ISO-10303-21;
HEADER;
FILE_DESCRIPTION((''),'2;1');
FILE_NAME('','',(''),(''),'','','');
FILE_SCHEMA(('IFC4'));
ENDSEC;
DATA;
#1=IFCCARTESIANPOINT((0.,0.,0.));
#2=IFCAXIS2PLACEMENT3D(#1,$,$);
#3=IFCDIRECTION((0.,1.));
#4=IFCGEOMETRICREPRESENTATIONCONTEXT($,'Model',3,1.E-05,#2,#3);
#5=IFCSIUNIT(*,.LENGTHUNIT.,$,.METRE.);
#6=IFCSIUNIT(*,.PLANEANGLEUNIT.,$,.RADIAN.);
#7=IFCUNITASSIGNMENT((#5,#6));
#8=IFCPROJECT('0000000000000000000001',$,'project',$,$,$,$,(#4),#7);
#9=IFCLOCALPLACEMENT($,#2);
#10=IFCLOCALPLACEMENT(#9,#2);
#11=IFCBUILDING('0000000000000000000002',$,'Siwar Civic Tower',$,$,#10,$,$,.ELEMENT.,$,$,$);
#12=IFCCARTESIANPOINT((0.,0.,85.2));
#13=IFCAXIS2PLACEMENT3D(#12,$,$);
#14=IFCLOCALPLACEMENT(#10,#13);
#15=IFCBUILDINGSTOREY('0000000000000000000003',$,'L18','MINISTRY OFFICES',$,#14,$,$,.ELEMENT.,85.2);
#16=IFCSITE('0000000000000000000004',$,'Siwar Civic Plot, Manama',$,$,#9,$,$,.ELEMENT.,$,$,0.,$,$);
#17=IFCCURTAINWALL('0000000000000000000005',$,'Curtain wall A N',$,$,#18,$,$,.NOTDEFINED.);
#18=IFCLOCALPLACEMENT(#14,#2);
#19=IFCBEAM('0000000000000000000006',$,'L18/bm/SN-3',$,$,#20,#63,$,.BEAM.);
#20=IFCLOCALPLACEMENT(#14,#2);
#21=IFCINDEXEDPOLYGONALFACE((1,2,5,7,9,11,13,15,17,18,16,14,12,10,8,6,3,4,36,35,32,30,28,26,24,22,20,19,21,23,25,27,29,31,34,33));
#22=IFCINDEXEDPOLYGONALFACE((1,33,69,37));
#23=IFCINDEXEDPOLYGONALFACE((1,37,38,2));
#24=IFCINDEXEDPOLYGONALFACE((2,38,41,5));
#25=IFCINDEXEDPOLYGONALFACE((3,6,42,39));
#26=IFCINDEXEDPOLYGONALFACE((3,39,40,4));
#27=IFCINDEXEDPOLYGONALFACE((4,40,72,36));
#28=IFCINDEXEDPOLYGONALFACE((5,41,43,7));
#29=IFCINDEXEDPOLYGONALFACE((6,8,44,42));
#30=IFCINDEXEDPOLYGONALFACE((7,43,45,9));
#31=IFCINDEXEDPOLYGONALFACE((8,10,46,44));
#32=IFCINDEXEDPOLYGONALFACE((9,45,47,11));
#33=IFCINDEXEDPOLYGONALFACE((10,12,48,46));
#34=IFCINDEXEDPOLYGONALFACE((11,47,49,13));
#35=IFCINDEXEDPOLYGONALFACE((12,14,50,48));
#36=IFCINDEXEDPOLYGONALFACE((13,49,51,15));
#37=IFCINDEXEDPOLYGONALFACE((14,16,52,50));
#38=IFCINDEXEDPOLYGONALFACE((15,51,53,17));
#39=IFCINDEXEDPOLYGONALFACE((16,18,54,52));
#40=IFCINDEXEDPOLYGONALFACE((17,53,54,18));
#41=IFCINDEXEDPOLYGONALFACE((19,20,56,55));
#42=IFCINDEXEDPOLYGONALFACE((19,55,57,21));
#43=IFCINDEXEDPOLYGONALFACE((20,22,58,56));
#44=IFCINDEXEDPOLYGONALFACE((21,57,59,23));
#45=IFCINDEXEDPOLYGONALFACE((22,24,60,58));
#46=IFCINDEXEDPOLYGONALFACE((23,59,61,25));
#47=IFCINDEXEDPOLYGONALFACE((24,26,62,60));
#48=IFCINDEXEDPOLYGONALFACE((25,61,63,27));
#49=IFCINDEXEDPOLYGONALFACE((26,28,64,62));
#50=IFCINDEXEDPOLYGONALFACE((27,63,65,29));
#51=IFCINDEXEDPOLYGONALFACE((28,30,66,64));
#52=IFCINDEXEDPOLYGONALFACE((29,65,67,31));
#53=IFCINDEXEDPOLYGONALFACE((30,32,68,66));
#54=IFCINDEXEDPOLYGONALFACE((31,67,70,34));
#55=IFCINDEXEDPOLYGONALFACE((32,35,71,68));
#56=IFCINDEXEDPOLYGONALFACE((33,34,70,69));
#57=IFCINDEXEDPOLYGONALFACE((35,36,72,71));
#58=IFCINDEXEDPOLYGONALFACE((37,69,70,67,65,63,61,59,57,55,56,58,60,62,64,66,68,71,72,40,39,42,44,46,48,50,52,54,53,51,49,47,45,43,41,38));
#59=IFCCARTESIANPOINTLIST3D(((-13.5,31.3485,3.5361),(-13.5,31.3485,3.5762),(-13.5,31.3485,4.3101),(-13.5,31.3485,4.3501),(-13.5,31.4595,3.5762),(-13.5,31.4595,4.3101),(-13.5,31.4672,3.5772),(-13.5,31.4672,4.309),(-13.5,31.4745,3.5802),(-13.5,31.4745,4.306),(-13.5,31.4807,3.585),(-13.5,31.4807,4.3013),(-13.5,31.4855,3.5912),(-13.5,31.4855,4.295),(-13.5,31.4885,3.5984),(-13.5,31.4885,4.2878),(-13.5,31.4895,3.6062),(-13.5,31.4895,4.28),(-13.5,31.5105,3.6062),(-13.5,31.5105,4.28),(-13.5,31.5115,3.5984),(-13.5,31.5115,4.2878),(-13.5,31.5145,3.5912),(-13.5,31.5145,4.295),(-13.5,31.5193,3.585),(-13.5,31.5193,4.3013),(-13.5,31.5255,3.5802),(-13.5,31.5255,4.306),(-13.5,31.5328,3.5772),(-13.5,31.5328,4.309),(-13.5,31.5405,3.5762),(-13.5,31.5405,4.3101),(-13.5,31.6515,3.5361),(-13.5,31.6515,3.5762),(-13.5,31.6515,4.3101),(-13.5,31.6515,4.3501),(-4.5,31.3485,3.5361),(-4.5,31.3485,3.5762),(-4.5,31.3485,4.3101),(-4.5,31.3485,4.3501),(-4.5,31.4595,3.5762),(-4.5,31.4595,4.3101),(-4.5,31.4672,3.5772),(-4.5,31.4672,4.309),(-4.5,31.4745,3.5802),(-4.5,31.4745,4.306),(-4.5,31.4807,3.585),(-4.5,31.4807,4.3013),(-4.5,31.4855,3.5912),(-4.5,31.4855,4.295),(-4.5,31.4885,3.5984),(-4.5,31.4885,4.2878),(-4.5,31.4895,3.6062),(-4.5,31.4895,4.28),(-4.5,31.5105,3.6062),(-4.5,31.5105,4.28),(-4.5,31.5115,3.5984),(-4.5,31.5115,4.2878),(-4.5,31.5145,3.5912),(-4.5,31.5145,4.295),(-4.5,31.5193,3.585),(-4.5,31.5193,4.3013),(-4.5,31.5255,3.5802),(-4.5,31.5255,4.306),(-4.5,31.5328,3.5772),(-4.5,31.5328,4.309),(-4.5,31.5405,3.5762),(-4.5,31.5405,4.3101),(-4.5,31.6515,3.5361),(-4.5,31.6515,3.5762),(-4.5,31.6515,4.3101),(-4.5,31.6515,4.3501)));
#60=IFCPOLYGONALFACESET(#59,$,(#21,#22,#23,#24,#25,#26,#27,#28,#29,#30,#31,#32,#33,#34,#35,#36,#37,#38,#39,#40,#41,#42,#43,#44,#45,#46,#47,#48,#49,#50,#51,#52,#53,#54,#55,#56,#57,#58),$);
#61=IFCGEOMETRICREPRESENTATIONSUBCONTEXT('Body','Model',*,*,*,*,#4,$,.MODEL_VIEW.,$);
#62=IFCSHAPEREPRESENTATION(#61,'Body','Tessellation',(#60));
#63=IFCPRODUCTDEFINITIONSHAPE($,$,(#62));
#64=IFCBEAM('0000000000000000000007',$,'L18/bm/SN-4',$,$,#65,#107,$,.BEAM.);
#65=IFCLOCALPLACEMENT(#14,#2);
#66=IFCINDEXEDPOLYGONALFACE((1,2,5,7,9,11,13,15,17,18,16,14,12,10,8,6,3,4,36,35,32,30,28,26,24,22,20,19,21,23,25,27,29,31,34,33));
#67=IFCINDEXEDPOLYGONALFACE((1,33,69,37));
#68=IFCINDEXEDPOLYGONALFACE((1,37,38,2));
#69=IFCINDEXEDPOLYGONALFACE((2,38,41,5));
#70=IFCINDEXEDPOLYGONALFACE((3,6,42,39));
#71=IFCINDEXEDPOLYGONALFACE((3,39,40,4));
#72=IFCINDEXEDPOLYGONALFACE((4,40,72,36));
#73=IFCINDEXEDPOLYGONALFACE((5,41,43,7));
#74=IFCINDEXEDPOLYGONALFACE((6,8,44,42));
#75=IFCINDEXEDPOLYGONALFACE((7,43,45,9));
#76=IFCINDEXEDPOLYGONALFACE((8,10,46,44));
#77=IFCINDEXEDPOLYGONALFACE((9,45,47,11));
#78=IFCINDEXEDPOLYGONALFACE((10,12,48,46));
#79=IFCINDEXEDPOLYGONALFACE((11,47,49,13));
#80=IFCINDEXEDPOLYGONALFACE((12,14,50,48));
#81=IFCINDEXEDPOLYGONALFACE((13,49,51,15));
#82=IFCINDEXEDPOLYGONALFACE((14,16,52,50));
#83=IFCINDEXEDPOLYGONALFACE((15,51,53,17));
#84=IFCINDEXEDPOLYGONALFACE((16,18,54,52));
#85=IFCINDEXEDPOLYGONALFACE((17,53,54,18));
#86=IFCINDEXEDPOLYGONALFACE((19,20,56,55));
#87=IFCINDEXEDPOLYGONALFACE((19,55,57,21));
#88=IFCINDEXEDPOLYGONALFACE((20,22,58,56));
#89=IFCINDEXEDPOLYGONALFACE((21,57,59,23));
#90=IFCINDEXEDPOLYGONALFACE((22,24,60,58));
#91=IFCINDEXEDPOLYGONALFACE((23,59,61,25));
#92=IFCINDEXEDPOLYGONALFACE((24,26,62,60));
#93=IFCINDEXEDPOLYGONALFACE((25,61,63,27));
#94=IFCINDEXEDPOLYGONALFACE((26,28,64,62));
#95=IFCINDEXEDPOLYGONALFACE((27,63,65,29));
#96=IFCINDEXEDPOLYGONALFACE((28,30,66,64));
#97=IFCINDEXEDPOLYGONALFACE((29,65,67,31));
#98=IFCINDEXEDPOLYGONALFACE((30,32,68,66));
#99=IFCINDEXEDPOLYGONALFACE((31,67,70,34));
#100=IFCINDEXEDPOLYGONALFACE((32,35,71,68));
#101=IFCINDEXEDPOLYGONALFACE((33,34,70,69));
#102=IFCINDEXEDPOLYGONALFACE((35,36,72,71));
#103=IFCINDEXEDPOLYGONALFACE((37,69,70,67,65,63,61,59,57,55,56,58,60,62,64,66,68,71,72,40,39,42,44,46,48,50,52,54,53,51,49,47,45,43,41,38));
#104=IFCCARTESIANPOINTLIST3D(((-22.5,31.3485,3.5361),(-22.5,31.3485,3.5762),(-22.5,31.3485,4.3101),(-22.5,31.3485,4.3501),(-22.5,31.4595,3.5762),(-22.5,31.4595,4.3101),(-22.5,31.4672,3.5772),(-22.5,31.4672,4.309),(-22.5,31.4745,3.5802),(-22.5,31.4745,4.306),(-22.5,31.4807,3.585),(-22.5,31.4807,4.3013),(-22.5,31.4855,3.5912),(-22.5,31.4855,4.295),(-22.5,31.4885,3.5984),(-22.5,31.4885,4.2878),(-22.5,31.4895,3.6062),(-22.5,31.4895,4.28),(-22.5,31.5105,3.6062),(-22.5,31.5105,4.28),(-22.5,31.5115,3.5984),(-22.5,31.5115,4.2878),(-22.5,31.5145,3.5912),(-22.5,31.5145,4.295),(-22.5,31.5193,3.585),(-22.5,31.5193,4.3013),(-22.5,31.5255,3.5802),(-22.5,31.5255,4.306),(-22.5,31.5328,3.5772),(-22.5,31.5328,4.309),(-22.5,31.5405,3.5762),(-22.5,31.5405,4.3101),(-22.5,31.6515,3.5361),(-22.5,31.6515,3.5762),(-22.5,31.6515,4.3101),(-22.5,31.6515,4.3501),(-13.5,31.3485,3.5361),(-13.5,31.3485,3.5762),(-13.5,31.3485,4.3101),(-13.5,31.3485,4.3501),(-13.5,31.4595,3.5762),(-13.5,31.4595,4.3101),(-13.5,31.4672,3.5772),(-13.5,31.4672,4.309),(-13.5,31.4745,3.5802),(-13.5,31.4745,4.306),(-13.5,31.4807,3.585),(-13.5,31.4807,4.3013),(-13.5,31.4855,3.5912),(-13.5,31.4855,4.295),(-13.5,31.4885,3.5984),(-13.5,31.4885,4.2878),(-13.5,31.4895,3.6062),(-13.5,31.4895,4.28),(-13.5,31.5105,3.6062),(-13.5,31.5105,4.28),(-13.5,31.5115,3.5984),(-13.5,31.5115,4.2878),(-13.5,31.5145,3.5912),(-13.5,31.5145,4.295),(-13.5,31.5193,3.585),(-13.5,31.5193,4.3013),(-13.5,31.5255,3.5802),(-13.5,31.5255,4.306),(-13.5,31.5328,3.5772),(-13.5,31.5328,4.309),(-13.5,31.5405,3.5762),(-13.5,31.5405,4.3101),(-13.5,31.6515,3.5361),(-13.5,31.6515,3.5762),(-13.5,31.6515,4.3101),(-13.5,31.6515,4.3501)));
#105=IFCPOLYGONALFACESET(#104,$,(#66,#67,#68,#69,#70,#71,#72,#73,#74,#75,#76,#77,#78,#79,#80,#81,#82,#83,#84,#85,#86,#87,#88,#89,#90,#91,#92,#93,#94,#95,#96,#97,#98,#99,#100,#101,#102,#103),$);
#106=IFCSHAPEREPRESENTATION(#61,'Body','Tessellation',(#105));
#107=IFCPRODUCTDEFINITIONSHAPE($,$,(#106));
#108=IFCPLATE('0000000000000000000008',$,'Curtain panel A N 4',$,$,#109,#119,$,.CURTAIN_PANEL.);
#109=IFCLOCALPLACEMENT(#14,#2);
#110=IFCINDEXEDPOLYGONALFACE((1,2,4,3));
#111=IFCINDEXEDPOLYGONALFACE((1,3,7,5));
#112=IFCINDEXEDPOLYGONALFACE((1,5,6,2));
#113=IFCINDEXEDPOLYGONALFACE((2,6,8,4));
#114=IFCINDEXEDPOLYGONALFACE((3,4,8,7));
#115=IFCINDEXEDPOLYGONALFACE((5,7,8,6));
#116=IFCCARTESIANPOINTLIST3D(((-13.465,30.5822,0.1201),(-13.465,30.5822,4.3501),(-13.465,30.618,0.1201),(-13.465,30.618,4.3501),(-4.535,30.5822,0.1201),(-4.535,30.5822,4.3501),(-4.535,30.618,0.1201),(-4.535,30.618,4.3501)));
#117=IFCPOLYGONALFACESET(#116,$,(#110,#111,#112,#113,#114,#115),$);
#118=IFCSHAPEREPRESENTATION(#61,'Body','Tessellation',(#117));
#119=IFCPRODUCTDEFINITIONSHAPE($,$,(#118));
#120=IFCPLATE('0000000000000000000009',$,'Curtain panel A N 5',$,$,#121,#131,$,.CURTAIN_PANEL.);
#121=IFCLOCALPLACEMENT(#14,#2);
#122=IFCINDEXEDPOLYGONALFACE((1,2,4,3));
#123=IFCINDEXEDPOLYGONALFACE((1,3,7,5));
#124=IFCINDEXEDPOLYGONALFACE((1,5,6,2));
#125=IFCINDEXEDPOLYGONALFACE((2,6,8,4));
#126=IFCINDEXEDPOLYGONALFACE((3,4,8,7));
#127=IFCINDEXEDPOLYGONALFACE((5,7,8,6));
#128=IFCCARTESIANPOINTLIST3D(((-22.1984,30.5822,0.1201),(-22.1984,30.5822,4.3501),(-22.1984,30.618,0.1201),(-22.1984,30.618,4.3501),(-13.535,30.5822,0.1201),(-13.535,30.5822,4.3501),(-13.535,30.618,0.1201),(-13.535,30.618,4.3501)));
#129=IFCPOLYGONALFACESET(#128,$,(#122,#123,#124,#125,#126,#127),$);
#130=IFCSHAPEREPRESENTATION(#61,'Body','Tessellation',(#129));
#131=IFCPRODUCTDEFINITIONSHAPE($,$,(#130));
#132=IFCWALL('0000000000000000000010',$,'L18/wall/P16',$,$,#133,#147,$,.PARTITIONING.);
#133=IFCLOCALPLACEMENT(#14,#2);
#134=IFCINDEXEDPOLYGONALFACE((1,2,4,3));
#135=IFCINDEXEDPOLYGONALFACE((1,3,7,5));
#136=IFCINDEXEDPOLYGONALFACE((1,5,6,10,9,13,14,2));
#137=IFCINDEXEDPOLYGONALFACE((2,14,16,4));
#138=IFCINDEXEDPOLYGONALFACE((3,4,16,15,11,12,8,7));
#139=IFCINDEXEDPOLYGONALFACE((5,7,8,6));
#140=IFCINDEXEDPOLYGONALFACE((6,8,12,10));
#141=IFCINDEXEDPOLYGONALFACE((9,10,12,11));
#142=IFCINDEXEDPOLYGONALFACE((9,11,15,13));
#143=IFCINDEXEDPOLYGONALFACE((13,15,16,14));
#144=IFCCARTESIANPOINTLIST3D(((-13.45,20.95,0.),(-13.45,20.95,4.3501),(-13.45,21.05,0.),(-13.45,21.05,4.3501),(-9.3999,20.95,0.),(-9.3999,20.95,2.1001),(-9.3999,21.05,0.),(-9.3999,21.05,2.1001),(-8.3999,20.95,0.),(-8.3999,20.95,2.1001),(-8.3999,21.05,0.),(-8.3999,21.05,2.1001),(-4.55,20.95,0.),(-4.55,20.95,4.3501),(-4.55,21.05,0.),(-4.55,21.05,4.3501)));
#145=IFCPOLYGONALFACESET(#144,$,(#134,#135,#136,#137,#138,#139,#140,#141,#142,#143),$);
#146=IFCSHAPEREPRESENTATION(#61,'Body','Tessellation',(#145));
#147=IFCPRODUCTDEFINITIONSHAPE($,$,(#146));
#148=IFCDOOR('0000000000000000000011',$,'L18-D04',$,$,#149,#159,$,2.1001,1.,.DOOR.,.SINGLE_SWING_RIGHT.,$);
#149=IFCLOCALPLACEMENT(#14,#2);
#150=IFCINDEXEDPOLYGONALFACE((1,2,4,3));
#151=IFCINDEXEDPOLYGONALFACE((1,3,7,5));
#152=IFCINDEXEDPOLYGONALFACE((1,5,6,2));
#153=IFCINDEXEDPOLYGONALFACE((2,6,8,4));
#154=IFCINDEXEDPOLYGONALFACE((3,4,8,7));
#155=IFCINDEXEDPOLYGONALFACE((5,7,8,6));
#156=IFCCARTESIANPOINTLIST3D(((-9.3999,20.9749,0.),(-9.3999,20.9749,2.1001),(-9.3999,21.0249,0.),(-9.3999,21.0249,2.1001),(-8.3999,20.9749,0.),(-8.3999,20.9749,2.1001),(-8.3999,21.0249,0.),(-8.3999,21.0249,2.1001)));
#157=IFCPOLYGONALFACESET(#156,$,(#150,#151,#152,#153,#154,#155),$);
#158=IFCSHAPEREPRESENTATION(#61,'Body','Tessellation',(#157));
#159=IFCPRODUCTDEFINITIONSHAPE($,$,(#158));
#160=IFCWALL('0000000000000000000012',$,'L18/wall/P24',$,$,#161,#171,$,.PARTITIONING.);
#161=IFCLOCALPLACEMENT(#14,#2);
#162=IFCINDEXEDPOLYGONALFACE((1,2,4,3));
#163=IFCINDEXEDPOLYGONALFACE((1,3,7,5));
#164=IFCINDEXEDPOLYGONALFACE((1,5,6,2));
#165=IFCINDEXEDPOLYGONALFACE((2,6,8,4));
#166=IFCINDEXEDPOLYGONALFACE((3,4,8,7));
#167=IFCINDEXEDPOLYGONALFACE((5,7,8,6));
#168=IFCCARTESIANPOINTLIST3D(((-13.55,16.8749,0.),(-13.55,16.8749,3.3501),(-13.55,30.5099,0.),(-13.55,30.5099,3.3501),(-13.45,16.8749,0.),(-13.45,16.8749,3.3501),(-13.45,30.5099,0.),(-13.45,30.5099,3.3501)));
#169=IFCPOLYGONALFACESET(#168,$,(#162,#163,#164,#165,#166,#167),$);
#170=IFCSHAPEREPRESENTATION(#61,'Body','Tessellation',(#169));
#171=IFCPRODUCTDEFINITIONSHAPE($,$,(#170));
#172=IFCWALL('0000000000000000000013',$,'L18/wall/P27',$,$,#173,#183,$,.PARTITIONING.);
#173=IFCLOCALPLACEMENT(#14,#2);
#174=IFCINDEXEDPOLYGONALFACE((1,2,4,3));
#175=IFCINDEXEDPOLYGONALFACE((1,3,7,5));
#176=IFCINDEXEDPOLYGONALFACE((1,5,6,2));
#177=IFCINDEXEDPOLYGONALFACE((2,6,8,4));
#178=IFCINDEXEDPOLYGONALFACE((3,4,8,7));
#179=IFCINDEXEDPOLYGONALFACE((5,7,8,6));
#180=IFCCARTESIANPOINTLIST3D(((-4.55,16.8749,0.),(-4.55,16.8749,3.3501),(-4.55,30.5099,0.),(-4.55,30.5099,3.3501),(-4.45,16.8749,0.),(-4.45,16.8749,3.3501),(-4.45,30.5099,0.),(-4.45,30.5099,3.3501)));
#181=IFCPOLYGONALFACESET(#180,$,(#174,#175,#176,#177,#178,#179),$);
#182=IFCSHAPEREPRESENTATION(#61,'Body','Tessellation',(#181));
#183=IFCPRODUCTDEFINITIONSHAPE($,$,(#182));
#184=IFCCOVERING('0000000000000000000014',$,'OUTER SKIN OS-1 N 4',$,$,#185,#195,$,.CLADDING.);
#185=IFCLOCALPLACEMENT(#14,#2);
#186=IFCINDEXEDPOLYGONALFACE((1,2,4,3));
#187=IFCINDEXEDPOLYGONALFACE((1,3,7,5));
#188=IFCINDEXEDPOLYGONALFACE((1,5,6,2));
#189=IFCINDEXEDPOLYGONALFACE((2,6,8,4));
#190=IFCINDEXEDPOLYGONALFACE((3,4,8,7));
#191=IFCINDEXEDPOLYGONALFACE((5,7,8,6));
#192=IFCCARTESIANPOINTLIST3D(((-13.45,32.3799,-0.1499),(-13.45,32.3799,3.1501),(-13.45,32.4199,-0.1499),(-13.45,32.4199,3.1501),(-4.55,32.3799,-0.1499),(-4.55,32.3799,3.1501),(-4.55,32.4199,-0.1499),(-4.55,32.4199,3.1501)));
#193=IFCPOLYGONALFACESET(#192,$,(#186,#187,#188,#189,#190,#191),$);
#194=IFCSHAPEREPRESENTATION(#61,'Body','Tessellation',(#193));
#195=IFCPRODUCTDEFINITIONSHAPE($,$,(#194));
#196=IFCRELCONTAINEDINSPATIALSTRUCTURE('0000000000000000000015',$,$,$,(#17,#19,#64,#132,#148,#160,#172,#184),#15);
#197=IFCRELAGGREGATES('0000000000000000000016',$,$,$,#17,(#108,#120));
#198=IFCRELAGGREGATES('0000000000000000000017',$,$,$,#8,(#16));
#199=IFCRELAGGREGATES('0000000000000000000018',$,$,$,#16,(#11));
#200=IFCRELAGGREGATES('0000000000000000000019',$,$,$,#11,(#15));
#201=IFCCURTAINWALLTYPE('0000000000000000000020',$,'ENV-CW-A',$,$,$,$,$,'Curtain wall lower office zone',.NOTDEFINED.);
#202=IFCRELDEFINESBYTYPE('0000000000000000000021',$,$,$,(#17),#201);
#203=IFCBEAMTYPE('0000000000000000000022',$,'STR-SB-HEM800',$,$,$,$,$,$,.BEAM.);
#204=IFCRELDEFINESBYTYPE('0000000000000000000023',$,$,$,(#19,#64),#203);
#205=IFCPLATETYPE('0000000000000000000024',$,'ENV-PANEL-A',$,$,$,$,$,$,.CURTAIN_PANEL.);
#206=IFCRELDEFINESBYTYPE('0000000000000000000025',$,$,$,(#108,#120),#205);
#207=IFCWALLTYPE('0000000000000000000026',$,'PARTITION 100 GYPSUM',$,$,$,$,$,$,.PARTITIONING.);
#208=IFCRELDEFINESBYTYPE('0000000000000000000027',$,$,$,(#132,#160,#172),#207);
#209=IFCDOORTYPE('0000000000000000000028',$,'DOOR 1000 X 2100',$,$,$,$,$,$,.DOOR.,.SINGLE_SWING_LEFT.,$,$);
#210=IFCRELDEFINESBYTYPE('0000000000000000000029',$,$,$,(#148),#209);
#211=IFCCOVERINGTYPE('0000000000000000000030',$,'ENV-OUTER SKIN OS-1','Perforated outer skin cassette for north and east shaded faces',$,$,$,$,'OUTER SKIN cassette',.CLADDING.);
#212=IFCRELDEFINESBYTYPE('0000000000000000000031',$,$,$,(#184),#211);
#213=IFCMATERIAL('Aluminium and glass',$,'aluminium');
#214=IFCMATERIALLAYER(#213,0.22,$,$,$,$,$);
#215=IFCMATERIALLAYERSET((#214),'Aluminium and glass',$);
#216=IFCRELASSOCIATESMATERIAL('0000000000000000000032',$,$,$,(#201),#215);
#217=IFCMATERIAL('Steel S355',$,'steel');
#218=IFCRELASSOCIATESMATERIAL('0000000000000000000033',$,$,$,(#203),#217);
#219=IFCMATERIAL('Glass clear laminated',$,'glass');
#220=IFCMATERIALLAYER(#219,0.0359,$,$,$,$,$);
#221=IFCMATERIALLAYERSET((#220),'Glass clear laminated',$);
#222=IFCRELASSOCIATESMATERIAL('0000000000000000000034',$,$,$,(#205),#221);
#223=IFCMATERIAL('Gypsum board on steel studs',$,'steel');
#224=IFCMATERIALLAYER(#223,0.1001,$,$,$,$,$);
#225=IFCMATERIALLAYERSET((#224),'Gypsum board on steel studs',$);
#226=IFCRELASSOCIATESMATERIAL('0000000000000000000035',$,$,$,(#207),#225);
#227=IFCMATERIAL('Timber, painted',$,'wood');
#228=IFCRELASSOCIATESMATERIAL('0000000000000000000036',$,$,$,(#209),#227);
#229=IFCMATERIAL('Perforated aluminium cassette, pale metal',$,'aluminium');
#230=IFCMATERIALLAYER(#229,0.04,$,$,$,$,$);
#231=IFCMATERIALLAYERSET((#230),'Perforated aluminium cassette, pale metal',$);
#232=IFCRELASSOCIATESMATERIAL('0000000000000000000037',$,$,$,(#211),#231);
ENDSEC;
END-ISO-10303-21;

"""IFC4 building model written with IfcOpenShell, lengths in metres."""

from ifc_helpers import new_model, si_unit, direction, frame, frame_2d, origin, origin_2d, place, context, subcontext, project, spatial, rectangle, i_section, extrude, material, layer, layer_set, material_profile, profile_set, type_object, element, fill, aggregate, save


model = new_model("IFC4")

# Units and contexts
model_context = context("Model", 3, precision=1e-05, world=origin(), true_north=direction((0.0, 1.0)))
body_context = subcontext(model_context, "Body", "Model", "MODEL_VIEW")
ifc_project = project(units=[si_unit("LENGTHUNIT", "METRE"), si_unit("PLANEANGLEUNIT", "RADIAN")], contexts=[model_context])

# Site, building, storey
site_placement = place(None, origin())
site = spatial("IfcSite", under=ifc_project, at=site_placement, Name="Siwar Civic Plot, Manama", CompositionType="ELEMENT", RefElevation=0.0)
building_placement = place(site_placement, origin())
building = spatial("IfcBuilding", under=site, at=building_placement, Name="Siwar Civic Tower", CompositionType="ELEMENT")
storey_placement = place(building_placement, frame((0.0, 0.0, 85.2)))
storey = spatial("IfcBuildingStorey", under=building, at=storey_placement, Name="L18", Description="MINISTRY OFFICES", CompositionType="ELEMENT", Elevation=85.2)

# Curtain wall
ifc_material_1 = material(Name="Aluminium and glass", Category="aluminium")
ifc_layer_1 = layer(ifc_material_1, 0.22)
ifc_layer_set_1 = layer_set([ifc_layer_1], Name="Aluminium and glass")
curtain_wall_type_1 = type_object("IfcCurtainWallType", Name="ENV-CW-A", ElementType="Curtain wall lower office zone", PredefinedType="NOTDEFINED", material=ifc_layer_set_1)
curtain_wall_1_placement = place(storey_placement, origin())
curtain_wall_1 = element("IfcCurtainWall", 1, at=curtain_wall_1_placement, inside=storey, type_object=curtain_wall_type_1, Name="Curtain wall A N", PredefinedType="NOTDEFINED")

# Beams
ifc_material_2 = material(Name="Steel S355", Category="steel")
ifc_material_profile_1 = material_profile(ifc_material_2, i_section(OverallWidth=0.303, OverallDepth=0.814, WebThickness=0.021, FlangeThickness=0.04, FilletRadius=0.03, at=origin_2d()), Name="HEM800")
ifc_profile_set_1 = profile_set([ifc_material_profile_1], Name="Steel S355")
beam_type_1 = type_object("IfcBeamType", Name="STR-SB-HEM800", PredefinedType="BEAM", material=ifc_profile_set_1)
for number, where, z_axis, x_axis, name in (
    (2, (-4.5, 31.5, 3.9431), (-1.0, 0.0, 0.0), (0.0, -1.0, 0.0), "L18/bm/SN-3"),
    (3, (-13.5, 31.5, 3.9431), (-1.0, 0.0, 0.0), (0.0, -1.0, 0.0), "L18/bm/SN-4"),
):
    element("IfcBeam", number, at=place(storey_placement, frame(where, z_axis=z_axis, x_axis=x_axis)), inside=storey, type_object=beam_type_1, Name=name, PredefinedType="BEAM", context=body_context, shape_type="SweptSolid", body=[
        extrude(i_section(OverallWidth=0.303, OverallDepth=0.814, WebThickness=0.021, FlangeThickness=0.04, FilletRadius=0.03, at=origin_2d()), origin(), (0.0, 0.0, 1.0), 9.0),
    ])

# Plates
ifc_material_3 = material(Name="Glass clear laminated", Category="glass")
ifc_layer_2 = layer(ifc_material_3, 0.0359)
ifc_layer_set_2 = layer_set([ifc_layer_2], Name="Glass clear laminated")
plate_type = type_object("IfcPlateType", Name="ENV-PANEL-A", PredefinedType="CURTAIN_PANEL", material=ifc_layer_set_2)
plate_1_placement = place(storey_placement, frame((-9.0, 30.6001, 0.1201), z_axis=(0.0, 0.0, 1.0), x_axis=(-1.0, 0.0, 0.0)))
plate_1 = element("IfcPlate", 4, at=plate_1_placement, type_object=plate_type, Name="Curtain panel A N 4", PredefinedType="CURTAIN_PANEL", context=body_context, shape_type="SweptSolid", body=[
    extrude(rectangle(XDim=8.9299, YDim=0.0359, at=origin_2d()), origin(), (0.0, 0.0, 1.0), 4.23),
])
plate_2_placement = place(storey_placement, frame((-17.8667, 30.6001, 0.1201), z_axis=(0.0, 0.0, 1.0), x_axis=(-1.0, 0.0, 0.0)))
plate_2 = element("IfcPlate", 5, at=plate_2_placement, type_object=plate_type, Name="Curtain panel A N 5", PredefinedType="CURTAIN_PANEL", context=body_context, shape_type="SweptSolid", body=[
    extrude(rectangle(XDim=8.6633, YDim=0.0359, at=origin_2d()), origin(), (0.0, 0.0, 1.0), 4.23),
])
aggregate(curtain_wall_1, [plate_1, plate_2])

# Wall, opening, door
ifc_material_4 = material(Name="Gypsum board on steel studs", Category="steel")
ifc_layer_3 = layer(ifc_material_4, 0.1001)
ifc_layer_set_3 = layer_set([ifc_layer_3], Name="Gypsum board on steel studs")
wall_type = type_object("IfcWallType", Name="PARTITION 100 GYPSUM", PredefinedType="PARTITIONING", material=ifc_layer_set_3)
wall_placement = place(storey_placement, frame((-13.45, 21.0, 0.0), z_axis=(0.0, 0.0, 1.0), x_axis=(1.0, 0.0, 0.0)))
wall = element("IfcWall", 6, at=wall_placement, inside=storey, type_object=wall_type, Name="L18/wall/P16", PredefinedType="PARTITIONING", context=body_context, shape_type="SweptSolid", body=[
    extrude(rectangle(XDim=8.8999, YDim=0.1001, at=frame_2d((4.45, 0.0))), origin(), (0.0, 0.0, 1.0), 4.3501),
])
opening_placement = place(wall_placement, frame((4.05, 0.0, 0.0)))
opening = element("IfcOpeningElement", 7, at=opening_placement, cuts=wall, PredefinedType="OPENING", context=body_context, shape_type="SweptSolid", body=[
    extrude(rectangle(XDim=1.0, YDim=2.1001, at=frame_2d((0.5, 1.05))), frame((0.0, 0.0601, 0.0), z_axis=(0.0, -1.0, 0.0), x_axis=(1.0, 0.0, 0.0)), (0.0, 0.0, 1.0), 0.1201),
])
ifc_material_5 = material(Name="Timber, painted", Category="wood")
door_type = type_object("IfcDoorType", Name="DOOR 1000 X 2100", OperationType="SINGLE_SWING_LEFT", PredefinedType="DOOR", material=ifc_material_5)
door_placement = place(opening_placement, origin())
door = element("IfcDoor", 8, at=door_placement, inside=storey, type_object=door_type, Name="L18-D04", OperationType="SINGLE_SWING_RIGHT", OverallHeight=2.1001, OverallWidth=1.0, PredefinedType="DOOR", context=body_context, shape_type="SweptSolid", body=[
    extrude(rectangle(XDim=1.0, YDim=2.1001, at=frame_2d((0.5, 1.05))), frame((0.0, 0.0249, 0.0), z_axis=(0.0, -1.0, 0.0), x_axis=(1.0, 0.0, 0.0)), (0.0, 0.0, 1.0), 0.05),
])
fill(opening, door)

# Walls
for number, where, z_axis, x_axis, name in (
    (9, (-13.5, 16.875, 0.0), (0.0, 0.0, 1.0), (0.0, 1.0, 0.0), "L18/wall/P24"),
    (10, (-4.5, 16.875, 0.0), (0.0, 0.0, 1.0), (0.0, 1.0, 0.0), "L18/wall/P27"),
):
    element("IfcWall", number, at=place(storey_placement, frame(where, z_axis=z_axis, x_axis=x_axis)), inside=storey, type_object=wall_type, Name=name, PredefinedType="PARTITIONING", context=body_context, shape_type="SweptSolid", body=[
        extrude(rectangle(XDim=13.635, YDim=0.1001, at=frame_2d((6.8174, 0.0))), origin(), (0.0, 0.0, 1.0), 3.3501),
    ])

# Covering
ifc_material_6 = material(Name="Perforated aluminium cassette, pale metal", Category="aluminium")
ifc_layer_4 = layer(ifc_material_6, 0.04)
ifc_layer_set_4 = layer_set([ifc_layer_4], Name="Perforated aluminium cassette, pale metal")
covering_type = type_object("IfcCoveringType", Name="ENV-OUTER SKIN OS-1", Description="Perforated outer skin cassette for north and east shaded faces", ElementType="OUTER SKIN cassette", PredefinedType="CLADDING", material=ifc_layer_set_4)
covering_1_placement = place(storey_placement, frame((-9.0, 32.3999, -0.1499), z_axis=(0.0, 0.0, 1.0), x_axis=(-1.0, 0.0, 0.0)))
element("IfcCovering", 11, at=covering_1_placement, inside=storey, type_object=covering_type, Name="OUTER SKIN OS-1 N 4", PredefinedType="CLADDING", context=body_context, shape_type="SweptSolid", body=[
    extrude(rectangle(XDim=8.8999, YDim=0.04, at=origin_2d()), origin(), (0.0, 0.0, 1.0), 3.3),
])

save(model, "model.ifc")
